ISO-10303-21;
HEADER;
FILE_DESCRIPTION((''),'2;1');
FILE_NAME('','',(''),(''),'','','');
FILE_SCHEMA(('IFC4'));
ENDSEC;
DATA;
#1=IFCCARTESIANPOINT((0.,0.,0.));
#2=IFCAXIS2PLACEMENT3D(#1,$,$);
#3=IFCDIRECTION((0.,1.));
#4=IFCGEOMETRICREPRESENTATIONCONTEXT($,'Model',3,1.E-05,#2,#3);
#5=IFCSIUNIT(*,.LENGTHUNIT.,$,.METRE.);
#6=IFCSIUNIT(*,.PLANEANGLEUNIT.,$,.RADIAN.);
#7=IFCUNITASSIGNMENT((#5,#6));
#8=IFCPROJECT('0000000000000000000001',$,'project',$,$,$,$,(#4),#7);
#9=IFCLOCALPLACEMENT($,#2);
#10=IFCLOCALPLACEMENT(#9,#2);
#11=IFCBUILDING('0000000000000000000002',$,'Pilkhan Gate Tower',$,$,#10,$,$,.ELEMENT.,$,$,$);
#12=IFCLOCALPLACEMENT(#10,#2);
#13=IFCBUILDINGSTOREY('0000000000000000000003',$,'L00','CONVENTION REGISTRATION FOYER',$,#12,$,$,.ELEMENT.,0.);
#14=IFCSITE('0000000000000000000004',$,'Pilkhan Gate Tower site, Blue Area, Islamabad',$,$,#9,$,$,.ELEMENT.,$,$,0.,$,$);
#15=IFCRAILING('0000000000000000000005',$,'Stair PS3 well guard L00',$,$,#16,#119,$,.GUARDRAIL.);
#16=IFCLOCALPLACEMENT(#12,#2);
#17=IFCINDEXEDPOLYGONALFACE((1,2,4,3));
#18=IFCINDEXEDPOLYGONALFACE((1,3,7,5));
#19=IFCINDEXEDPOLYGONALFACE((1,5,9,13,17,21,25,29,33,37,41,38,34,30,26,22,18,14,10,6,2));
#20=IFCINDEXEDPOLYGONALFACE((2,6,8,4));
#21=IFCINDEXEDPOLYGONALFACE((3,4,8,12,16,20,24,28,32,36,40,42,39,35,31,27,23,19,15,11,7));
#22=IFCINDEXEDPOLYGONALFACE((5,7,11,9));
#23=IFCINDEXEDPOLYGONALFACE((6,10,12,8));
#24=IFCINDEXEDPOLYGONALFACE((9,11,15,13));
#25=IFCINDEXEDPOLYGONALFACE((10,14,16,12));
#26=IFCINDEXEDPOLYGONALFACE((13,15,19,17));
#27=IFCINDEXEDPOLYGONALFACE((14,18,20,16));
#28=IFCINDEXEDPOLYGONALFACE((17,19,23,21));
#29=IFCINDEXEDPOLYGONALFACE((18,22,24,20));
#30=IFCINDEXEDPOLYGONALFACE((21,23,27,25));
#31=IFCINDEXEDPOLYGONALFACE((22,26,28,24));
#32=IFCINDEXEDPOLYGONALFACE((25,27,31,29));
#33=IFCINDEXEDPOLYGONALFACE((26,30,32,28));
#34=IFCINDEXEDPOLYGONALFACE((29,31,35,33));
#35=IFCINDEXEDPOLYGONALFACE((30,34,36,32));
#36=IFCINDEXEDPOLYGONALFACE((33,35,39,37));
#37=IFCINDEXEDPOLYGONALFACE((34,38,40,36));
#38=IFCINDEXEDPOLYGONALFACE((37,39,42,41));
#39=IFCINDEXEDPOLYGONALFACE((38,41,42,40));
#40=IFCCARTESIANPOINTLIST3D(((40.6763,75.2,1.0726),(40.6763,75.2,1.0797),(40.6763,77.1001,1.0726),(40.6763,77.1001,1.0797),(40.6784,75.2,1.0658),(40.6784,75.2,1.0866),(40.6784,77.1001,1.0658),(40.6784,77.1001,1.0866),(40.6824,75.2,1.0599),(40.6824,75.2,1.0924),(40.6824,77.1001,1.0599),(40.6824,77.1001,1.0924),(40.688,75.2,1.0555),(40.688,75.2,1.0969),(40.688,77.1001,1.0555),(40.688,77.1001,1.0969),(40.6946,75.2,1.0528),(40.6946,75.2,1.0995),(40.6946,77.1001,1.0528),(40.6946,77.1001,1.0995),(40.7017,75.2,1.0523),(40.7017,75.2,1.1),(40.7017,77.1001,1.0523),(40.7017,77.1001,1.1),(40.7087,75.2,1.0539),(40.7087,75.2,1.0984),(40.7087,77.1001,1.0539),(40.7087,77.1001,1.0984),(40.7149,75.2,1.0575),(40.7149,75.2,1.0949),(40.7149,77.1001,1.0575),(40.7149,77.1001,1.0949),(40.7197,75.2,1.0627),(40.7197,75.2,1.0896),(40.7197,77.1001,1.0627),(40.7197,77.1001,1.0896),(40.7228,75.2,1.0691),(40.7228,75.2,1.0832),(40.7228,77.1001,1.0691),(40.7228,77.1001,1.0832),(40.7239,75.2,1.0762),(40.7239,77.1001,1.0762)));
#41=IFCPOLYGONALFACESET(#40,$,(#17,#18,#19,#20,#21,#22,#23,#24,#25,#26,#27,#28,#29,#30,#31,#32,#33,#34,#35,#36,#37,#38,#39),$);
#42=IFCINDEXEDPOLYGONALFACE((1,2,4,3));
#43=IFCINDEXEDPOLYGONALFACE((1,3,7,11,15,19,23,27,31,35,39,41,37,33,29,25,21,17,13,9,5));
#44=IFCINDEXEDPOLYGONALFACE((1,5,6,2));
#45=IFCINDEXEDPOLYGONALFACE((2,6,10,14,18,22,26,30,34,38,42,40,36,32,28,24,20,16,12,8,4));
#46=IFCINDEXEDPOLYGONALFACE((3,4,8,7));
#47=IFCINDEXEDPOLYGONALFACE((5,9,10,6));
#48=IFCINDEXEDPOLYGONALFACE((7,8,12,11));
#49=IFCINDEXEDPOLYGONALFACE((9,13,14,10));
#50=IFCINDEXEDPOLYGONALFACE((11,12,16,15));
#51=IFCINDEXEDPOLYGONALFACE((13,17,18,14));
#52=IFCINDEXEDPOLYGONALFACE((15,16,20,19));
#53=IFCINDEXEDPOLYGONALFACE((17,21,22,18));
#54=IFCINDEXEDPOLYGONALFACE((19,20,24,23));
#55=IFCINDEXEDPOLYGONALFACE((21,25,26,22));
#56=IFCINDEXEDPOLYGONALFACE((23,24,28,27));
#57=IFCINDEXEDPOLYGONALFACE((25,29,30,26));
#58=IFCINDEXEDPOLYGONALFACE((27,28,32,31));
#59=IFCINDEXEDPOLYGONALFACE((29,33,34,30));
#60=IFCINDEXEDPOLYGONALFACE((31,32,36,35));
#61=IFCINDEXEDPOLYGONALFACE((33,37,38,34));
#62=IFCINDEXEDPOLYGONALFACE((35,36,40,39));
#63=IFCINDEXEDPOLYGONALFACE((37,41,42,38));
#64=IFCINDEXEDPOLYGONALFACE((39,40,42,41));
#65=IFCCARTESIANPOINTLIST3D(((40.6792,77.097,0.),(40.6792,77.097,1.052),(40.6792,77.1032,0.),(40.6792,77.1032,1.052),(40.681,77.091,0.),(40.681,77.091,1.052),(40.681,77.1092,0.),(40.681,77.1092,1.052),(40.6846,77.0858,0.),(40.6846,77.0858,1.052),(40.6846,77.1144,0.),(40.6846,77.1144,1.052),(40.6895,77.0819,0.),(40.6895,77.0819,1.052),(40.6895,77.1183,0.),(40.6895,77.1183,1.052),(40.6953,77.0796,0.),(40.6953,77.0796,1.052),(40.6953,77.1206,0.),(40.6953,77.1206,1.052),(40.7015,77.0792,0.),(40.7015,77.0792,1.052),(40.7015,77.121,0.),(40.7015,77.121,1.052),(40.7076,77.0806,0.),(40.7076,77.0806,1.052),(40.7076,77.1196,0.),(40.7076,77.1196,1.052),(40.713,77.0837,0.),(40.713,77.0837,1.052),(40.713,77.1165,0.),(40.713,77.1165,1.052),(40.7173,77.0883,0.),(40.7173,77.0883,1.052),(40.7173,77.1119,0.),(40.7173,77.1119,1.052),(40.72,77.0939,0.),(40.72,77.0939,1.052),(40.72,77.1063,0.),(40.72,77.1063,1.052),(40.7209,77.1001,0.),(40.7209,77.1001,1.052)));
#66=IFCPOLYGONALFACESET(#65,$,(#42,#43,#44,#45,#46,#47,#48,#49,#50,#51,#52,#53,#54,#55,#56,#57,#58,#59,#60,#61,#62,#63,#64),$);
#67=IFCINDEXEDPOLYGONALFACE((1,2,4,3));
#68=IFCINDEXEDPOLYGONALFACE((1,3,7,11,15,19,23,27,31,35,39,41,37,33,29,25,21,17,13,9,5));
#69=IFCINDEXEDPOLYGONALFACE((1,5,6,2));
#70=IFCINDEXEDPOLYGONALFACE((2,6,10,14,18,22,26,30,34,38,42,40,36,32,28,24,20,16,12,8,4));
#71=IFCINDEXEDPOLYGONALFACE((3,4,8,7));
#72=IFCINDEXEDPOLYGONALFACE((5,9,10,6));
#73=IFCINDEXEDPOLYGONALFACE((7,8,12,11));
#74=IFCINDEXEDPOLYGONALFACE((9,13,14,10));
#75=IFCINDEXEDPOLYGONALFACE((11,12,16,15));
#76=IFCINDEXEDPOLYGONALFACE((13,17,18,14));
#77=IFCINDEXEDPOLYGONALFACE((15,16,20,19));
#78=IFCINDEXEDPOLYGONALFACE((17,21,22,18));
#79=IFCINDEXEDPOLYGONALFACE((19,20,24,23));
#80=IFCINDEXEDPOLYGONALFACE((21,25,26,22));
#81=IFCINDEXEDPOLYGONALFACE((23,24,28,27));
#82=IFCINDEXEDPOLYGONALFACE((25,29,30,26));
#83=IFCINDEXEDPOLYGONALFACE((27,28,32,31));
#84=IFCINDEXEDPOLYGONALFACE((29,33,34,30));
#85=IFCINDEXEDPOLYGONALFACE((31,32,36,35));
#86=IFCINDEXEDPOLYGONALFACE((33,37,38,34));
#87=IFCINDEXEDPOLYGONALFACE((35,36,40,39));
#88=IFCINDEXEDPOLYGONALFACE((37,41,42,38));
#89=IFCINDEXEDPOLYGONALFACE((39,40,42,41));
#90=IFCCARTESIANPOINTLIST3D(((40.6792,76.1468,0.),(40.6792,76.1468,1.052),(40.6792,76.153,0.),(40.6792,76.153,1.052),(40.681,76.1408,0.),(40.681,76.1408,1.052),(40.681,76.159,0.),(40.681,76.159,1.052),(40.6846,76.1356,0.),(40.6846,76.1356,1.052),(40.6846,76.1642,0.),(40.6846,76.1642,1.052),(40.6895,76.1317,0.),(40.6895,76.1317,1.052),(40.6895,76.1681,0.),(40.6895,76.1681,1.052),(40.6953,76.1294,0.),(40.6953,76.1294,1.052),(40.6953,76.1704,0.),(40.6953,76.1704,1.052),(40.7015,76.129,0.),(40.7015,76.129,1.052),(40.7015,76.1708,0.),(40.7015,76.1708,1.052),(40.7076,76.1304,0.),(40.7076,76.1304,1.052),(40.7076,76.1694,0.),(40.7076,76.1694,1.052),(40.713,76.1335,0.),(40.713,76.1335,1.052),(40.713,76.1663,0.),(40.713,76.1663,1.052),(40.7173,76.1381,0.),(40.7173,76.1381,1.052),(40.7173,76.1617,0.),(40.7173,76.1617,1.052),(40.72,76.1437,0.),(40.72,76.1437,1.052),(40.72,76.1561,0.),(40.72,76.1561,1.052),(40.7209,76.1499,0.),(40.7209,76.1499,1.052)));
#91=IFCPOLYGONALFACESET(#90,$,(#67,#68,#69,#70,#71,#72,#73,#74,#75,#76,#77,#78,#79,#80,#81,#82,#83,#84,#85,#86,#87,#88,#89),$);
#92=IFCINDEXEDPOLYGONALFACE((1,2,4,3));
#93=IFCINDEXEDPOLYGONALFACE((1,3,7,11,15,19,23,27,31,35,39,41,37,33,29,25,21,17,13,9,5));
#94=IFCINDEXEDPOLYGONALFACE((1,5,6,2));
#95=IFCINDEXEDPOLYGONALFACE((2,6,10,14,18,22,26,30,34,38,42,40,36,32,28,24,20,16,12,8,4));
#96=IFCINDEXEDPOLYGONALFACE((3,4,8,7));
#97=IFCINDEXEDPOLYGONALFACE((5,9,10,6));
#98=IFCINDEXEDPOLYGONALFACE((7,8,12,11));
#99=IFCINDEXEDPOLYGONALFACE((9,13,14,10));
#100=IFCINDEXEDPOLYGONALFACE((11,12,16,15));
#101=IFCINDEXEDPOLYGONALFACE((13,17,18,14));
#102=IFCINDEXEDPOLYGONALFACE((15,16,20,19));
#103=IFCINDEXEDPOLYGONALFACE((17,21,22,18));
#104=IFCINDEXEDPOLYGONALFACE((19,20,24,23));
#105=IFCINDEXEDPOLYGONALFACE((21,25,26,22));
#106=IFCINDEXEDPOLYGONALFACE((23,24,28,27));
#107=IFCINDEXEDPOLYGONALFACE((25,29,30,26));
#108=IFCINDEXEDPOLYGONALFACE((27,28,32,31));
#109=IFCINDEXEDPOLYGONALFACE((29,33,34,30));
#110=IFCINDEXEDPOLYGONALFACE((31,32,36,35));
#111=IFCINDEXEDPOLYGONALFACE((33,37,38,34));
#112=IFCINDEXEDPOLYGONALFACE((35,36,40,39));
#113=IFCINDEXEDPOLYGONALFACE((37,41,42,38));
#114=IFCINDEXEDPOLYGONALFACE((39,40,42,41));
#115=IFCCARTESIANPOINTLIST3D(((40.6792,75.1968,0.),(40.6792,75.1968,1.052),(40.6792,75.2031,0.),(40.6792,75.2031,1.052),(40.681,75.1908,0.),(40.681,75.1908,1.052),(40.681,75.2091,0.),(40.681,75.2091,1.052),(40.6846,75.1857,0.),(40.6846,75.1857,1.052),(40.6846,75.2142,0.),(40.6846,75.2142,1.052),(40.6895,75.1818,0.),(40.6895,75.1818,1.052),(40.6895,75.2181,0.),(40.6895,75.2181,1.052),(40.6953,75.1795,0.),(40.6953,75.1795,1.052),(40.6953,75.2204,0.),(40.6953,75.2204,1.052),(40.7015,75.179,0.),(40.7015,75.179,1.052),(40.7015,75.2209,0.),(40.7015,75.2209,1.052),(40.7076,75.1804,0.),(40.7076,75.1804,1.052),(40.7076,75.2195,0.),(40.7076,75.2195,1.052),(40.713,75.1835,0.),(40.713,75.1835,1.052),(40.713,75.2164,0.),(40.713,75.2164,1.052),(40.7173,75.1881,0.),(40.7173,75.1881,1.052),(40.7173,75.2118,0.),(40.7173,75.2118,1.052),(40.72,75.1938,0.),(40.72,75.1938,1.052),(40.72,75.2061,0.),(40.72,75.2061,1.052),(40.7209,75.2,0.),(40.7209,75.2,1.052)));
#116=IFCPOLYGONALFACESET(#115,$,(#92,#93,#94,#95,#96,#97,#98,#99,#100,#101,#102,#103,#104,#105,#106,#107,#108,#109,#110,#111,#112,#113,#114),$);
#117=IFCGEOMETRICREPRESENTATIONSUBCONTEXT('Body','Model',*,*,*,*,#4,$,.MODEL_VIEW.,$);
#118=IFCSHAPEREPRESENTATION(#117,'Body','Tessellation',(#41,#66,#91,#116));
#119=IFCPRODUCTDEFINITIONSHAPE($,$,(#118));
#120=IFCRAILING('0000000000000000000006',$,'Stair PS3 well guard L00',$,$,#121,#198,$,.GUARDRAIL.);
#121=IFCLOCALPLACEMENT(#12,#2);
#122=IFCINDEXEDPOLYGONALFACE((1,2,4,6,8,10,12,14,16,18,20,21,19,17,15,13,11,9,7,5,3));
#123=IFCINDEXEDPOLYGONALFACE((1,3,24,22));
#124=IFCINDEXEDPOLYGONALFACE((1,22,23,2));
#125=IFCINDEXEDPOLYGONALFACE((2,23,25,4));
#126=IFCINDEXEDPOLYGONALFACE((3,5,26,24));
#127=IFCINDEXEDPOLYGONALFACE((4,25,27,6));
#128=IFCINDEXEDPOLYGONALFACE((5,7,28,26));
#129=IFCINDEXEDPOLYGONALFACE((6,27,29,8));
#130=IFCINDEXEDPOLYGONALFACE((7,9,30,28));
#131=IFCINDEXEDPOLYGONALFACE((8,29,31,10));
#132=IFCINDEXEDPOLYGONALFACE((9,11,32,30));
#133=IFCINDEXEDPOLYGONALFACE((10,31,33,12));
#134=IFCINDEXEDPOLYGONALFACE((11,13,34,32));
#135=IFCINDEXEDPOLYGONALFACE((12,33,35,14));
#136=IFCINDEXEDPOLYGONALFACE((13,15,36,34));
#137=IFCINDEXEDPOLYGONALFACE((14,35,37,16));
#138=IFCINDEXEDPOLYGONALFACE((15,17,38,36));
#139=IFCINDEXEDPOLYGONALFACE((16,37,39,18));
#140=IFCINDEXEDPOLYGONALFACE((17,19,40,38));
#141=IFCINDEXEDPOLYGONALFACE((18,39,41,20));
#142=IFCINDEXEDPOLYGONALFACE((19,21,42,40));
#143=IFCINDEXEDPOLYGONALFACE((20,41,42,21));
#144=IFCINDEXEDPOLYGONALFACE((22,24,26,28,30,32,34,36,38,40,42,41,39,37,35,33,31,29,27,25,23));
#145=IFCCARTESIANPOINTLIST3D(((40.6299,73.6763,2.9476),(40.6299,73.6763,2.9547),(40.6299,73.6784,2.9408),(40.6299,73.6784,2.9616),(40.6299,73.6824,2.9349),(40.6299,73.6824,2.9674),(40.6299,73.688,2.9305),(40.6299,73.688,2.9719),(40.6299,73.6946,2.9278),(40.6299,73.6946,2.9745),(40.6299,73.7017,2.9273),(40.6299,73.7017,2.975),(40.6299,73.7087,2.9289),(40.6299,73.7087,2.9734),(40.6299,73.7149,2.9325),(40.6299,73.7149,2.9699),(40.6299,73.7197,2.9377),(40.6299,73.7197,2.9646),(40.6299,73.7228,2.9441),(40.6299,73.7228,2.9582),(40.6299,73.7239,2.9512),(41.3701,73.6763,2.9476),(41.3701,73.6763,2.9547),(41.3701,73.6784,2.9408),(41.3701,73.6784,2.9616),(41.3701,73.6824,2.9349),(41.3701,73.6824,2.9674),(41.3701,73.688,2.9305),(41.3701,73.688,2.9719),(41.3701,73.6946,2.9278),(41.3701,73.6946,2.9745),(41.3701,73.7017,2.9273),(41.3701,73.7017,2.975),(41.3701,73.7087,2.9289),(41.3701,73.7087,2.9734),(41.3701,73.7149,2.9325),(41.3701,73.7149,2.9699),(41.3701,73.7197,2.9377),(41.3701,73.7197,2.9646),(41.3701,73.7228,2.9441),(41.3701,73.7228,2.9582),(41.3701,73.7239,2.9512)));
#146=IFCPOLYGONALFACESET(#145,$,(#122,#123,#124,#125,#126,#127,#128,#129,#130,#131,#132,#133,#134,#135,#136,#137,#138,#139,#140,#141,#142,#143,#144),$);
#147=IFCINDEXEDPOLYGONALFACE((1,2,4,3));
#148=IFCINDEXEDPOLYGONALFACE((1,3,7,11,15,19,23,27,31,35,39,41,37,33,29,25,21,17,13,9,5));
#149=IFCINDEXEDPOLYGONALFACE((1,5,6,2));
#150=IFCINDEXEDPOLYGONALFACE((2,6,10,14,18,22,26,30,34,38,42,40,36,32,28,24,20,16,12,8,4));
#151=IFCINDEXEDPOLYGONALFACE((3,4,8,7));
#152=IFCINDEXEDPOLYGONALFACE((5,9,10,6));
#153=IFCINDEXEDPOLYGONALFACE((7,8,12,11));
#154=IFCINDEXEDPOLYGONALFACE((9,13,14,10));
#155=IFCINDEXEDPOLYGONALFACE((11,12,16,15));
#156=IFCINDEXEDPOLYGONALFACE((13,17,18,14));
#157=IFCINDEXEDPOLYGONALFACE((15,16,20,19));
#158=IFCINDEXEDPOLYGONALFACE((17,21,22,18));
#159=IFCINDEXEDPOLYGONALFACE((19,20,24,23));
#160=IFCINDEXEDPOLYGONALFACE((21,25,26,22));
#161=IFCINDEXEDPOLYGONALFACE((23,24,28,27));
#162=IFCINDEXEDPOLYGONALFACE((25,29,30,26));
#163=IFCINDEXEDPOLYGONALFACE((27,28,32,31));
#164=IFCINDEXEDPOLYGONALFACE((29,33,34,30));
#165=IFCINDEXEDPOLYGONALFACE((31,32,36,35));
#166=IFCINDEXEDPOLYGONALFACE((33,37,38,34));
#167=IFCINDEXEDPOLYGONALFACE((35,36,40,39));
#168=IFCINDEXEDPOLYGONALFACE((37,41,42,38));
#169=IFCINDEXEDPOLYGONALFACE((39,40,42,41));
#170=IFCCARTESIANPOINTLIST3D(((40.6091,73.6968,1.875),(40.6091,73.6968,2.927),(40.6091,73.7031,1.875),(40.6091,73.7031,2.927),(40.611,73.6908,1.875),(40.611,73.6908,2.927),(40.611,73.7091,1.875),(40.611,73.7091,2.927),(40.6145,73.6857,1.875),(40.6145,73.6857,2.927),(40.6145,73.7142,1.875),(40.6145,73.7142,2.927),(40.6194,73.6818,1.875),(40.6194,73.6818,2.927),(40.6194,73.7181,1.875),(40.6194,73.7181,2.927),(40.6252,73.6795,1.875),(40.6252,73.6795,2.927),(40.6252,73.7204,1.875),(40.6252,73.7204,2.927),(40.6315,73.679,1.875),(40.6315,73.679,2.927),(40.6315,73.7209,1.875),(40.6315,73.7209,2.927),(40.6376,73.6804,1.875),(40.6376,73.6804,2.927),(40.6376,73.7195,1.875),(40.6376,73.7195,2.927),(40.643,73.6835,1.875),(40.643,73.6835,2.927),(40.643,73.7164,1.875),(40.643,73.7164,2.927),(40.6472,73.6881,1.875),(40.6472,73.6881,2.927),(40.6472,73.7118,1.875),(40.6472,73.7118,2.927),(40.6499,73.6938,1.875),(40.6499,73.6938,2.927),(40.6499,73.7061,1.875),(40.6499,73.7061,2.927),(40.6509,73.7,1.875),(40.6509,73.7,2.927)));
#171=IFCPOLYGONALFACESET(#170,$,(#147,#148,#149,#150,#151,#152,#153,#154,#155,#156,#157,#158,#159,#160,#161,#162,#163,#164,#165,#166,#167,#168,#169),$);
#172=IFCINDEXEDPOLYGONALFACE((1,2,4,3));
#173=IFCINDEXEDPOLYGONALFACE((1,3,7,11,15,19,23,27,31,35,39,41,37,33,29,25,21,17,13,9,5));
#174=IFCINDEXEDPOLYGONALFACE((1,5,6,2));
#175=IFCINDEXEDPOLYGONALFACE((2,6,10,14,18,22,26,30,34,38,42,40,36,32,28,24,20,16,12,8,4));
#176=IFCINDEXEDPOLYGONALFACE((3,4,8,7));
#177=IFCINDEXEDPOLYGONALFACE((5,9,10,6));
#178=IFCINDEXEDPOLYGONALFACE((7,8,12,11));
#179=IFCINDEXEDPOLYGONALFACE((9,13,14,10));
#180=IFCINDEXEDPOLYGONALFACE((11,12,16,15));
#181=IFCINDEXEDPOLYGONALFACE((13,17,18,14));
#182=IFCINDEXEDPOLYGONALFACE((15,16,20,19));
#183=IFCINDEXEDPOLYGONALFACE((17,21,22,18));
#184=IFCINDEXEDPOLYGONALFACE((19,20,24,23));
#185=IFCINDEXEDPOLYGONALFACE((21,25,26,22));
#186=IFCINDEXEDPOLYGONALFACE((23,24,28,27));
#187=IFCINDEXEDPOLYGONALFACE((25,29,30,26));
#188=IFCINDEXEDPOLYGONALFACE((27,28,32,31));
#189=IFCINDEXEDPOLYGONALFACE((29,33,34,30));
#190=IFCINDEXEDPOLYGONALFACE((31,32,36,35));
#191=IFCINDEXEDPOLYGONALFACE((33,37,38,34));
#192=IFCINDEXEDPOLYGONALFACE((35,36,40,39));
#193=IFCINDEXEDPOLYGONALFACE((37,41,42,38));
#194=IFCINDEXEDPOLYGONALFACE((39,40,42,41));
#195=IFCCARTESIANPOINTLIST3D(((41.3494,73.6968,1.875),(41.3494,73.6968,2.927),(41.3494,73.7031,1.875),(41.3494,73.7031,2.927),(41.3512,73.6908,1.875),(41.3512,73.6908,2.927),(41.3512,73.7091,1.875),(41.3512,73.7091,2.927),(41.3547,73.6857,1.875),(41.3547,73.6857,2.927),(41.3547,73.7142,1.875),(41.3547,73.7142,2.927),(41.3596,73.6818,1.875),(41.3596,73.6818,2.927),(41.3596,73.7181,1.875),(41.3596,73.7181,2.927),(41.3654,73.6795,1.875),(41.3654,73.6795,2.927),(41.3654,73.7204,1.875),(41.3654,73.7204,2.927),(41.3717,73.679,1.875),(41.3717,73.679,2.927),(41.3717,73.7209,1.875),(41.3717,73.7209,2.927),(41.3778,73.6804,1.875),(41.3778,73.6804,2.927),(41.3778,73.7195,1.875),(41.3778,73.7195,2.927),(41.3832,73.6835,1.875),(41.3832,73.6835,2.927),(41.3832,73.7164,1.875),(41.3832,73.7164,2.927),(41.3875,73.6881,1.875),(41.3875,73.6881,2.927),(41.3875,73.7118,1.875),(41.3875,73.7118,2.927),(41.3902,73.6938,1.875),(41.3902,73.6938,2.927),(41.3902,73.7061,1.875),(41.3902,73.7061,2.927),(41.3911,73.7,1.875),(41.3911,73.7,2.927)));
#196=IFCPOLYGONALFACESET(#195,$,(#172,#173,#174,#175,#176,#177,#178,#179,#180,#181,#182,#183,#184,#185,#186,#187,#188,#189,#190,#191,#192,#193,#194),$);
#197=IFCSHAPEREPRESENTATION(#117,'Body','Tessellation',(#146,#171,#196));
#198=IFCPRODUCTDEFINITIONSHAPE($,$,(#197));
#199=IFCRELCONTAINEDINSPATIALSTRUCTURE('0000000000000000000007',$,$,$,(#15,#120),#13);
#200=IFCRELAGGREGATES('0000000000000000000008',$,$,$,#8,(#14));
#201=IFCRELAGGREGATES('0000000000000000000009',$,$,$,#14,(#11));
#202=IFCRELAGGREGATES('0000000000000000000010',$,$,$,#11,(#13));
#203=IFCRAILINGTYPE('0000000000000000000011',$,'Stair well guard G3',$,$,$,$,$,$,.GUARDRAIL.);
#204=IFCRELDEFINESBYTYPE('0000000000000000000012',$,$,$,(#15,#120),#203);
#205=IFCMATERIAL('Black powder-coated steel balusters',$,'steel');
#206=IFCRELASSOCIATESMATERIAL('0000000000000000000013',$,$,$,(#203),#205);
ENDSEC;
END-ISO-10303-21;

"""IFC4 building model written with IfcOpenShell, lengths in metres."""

from ifc_helpers import new_model, si_unit, direction, frame, origin, origin_2d, place, context, subcontext, project, spatial, circle, extrude, material, type_object, element, save


model = new_model("IFC4")

# Units and contexts
model_context = context("Model", 3, precision=1e-05, world=origin(), true_north=direction((0.0, 1.0)))
body_context = subcontext(model_context, "Body", "Model", "MODEL_VIEW")
ifc_project = project(units=[si_unit("LENGTHUNIT", "METRE"), si_unit("PLANEANGLEUNIT", "RADIAN")], contexts=[model_context])

# Site, building, storey
site_placement = place(None, origin())
site = spatial("IfcSite", under=ifc_project, at=site_placement, Name="Pilkhan Gate Tower site, Blue Area, Islamabad", CompositionType="ELEMENT", RefElevation=0.0)
building_placement = place(site_placement, origin())
building = spatial("IfcBuilding", under=site, at=building_placement, Name="Pilkhan Gate Tower", CompositionType="ELEMENT")
storey_placement = place(building_placement, origin())
storey = spatial("IfcBuildingStorey", under=building, at=storey_placement, Name="L00", Description="CONVENTION REGISTRATION FOYER", CompositionType="ELEMENT", Elevation=0.0)

# Railings
ifc_material_1 = material(Name="Black powder-coated steel balusters", Category="steel")
railing_type_1 = type_object("IfcRailingType", Name="Stair well guard G3", PredefinedType="GUARDRAIL", material=ifc_material_1)
railing_1_placement = place(storey_placement, frame((40.7, 77.1001, 0.0)))
element("IfcRailing", 1, at=railing_1_placement, inside=storey, type_object=railing_type_1, Name="Stair PS3 well guard L00", PredefinedType="GUARDRAIL", context=body_context, shape_type="SweptSolid", body=[
    extrude(circle(Radius=0.0239, at=origin_2d()), frame((0.0, 0.0, 1.0762), z_axis=(0.0, -1.0, 0.0), x_axis=(1.0, 0.0, 0.0)), (0.0, 0.0, 1.0), 1.9001),
    extrude(circle(Radius=0.021, at=origin_2d()), origin(), (0.0, 0.0, 1.0), 1.052),
    extrude(circle(Radius=0.021, at=origin_2d()), frame((0.0, -0.9502, 0.0)), (0.0, 0.0, 1.0), 1.052),
    extrude(circle(Radius=0.021, at=origin_2d()), frame((0.0, -1.9001, 0.0)), (0.0, 0.0, 1.0), 1.052),
])
railing_2_placement = place(storey_placement, frame((40.6299, 73.7, 1.875)))
element("IfcRailing", 2, at=railing_2_placement, inside=storey, type_object=railing_type_1, Name="Stair PS3 well guard L00", PredefinedType="GUARDRAIL", context=body_context, shape_type="SweptSolid", body=[
    extrude(circle(Radius=0.0239, at=origin_2d()), frame((0.0, 0.0, 1.0762), z_axis=(1.0, 0.0, 0.0), x_axis=(0.0, 1.0, 0.0)), (0.0, 0.0, 1.0), 0.7402),
    extrude(circle(Radius=0.021, at=origin_2d()), origin(), (0.0, 0.0, 1.0), 1.052),
    extrude(circle(Radius=0.021, at=origin_2d()), frame((0.7402, 0.0, 0.0)), (0.0, 0.0, 1.0), 1.052),
])

save(model, "model.ifc")
